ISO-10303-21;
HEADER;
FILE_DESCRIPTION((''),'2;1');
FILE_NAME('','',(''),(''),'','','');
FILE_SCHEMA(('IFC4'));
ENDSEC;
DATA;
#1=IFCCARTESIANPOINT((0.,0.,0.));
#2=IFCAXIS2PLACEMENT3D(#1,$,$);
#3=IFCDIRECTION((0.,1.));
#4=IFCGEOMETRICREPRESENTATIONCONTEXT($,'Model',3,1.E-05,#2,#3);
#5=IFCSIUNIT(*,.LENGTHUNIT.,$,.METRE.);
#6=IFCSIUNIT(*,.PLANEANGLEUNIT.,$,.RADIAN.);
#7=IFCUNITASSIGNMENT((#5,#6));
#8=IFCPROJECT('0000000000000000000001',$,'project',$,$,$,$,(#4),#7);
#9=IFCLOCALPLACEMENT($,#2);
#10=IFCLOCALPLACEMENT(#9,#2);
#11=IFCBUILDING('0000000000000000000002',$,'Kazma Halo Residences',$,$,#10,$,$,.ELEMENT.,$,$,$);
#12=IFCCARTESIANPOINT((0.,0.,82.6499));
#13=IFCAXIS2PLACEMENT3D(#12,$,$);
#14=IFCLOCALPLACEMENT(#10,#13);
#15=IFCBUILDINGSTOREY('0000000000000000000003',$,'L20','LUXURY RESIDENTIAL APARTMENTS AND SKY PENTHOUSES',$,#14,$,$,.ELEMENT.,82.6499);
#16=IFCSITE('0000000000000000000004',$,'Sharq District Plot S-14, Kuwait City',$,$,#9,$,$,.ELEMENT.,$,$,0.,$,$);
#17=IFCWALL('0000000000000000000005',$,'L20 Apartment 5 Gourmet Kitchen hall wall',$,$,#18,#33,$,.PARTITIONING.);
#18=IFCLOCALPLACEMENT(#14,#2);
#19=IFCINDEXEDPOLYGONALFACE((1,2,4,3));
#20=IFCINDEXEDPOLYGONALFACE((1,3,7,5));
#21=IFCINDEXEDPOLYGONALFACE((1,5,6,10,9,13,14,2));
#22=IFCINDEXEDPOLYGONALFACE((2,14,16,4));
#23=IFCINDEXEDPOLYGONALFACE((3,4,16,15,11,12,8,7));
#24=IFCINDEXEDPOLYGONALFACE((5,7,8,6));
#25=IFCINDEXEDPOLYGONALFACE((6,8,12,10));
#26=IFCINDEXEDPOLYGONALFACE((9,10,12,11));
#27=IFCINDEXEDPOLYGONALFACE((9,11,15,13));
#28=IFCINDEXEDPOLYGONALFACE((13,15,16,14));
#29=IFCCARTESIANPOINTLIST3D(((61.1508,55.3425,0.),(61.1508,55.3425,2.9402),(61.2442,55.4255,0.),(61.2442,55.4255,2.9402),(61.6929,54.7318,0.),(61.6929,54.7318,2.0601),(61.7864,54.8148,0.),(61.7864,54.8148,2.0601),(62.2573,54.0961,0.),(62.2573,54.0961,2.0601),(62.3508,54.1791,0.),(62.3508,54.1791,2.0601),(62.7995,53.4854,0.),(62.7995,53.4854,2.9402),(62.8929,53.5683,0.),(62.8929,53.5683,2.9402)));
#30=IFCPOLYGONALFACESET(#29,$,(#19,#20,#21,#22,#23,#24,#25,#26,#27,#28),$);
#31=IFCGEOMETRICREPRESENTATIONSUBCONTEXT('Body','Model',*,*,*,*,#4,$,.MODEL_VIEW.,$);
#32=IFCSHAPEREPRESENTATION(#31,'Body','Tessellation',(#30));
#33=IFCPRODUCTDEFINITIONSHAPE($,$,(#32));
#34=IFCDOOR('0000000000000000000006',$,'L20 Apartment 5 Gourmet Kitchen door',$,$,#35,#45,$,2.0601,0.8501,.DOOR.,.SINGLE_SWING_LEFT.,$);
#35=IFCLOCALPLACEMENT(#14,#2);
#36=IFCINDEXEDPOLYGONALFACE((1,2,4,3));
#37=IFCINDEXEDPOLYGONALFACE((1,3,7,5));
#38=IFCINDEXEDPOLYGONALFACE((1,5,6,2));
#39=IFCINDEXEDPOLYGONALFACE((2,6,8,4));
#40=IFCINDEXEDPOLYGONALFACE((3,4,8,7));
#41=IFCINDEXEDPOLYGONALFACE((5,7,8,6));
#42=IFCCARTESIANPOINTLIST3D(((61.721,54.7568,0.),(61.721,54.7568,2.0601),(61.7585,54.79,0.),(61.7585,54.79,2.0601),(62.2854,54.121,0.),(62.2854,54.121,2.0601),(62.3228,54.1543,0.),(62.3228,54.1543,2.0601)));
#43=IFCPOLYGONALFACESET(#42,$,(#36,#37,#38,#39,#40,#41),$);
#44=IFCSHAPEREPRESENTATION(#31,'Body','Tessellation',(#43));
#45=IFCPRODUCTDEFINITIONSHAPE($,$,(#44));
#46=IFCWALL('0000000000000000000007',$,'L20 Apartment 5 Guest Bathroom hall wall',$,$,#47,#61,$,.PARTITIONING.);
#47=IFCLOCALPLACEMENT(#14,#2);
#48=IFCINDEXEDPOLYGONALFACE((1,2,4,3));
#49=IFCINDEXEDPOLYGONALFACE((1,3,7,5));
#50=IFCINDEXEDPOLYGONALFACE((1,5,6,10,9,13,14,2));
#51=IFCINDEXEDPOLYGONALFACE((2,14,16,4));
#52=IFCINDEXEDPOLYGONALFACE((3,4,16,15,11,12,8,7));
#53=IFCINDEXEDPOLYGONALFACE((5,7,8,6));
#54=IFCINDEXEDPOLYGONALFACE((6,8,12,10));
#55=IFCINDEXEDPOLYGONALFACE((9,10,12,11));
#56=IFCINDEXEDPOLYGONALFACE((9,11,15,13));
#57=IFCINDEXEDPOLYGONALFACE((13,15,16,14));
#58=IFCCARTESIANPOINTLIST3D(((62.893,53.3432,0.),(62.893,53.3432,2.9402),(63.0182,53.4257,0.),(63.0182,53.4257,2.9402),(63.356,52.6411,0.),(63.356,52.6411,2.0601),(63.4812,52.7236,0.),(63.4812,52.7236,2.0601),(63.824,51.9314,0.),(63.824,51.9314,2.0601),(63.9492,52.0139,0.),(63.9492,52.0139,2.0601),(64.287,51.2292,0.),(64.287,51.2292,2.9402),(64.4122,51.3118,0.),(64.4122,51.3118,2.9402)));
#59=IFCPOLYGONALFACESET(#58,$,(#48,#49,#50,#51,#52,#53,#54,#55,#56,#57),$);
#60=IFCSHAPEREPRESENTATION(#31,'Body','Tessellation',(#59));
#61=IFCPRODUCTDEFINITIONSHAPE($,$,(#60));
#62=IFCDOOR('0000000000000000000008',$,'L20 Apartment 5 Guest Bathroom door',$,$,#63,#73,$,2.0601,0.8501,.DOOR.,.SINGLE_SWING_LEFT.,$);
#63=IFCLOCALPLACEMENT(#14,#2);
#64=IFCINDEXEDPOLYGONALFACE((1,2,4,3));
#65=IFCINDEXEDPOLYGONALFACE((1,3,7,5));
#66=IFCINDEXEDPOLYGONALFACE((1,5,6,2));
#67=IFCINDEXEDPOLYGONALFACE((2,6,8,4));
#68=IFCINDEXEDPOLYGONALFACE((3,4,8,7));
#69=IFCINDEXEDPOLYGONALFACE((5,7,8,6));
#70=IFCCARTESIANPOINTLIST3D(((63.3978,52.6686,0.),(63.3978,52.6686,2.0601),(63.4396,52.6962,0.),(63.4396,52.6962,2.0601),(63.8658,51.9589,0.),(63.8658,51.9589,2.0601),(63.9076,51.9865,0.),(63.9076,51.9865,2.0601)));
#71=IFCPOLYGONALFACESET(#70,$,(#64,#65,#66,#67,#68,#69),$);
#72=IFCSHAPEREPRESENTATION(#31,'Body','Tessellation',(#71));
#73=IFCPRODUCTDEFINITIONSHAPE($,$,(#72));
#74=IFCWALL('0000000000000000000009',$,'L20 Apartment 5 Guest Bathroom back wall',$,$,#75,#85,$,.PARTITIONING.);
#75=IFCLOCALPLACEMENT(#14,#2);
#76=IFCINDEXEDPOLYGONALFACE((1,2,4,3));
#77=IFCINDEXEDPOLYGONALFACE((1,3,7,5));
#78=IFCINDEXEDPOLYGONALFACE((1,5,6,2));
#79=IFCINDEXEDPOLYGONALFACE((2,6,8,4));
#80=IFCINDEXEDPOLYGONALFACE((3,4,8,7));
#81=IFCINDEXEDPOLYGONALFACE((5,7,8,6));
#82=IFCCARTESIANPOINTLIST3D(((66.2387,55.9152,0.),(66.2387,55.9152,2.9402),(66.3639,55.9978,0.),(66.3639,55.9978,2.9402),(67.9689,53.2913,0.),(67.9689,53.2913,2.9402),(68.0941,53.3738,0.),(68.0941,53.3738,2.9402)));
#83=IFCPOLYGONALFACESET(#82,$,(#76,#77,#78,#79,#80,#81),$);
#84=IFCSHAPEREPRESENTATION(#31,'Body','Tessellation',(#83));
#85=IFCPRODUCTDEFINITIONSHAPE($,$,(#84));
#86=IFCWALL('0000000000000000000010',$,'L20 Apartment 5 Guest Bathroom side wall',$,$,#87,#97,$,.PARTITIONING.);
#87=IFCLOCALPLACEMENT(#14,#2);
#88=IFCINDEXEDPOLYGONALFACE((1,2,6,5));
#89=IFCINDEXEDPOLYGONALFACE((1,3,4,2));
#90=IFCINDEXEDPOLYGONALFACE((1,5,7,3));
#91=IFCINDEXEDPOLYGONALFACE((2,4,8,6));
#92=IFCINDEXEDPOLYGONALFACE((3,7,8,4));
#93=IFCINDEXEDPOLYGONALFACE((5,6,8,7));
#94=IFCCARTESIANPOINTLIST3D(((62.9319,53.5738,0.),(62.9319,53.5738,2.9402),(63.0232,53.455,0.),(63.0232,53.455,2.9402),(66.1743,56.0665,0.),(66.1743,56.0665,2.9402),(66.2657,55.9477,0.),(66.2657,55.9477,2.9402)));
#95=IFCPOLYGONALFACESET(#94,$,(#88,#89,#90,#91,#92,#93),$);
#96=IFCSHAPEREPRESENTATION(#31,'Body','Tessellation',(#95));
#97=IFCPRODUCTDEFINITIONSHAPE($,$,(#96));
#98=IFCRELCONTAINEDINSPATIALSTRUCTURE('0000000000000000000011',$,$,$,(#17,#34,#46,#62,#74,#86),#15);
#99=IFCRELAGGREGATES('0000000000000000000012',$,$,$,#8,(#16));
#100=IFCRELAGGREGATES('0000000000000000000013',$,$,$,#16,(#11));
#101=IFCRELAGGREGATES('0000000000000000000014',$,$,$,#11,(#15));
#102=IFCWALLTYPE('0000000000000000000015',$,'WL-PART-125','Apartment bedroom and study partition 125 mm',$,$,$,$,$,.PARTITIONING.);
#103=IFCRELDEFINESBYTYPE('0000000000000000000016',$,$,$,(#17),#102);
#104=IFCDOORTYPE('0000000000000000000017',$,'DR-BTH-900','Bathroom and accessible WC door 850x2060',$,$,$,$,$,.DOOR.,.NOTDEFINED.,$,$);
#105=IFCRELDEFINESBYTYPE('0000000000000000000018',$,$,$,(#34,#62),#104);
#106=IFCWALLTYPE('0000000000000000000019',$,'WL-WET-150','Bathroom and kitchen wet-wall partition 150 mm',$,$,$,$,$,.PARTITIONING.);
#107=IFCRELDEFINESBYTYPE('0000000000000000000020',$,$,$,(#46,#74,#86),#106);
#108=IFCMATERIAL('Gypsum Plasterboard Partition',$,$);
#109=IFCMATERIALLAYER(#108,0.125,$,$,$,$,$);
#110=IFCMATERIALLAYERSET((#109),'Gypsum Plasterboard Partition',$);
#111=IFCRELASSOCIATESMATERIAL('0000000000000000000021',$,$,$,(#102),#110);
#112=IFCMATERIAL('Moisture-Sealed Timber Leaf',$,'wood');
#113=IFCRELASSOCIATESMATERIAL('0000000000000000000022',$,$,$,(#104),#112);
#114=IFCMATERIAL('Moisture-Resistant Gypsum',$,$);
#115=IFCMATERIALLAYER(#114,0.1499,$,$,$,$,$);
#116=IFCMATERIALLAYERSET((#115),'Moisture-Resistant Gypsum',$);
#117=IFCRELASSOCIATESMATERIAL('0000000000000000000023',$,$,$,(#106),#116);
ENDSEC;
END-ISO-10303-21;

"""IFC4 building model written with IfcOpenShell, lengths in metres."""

from ifc_helpers import new_model, si_unit, direction, frame, frame_2d, origin, place, context, subcontext, project, spatial, rectangle, extrude, material, layer, layer_set, type_object, element, fill, save


model = new_model("IFC4")

# Units and contexts
model_context = context("Model", 3, precision=1e-05, world=origin(), true_north=direction((0.0, 1.0)))
body_context = subcontext(model_context, "Body", "Model", "MODEL_VIEW")
ifc_project = project(units=[si_unit("LENGTHUNIT", "METRE"), si_unit("PLANEANGLEUNIT", "RADIAN")], contexts=[model_context])

# Site, building, storey
site_placement = place(None, origin())
site = spatial("IfcSite", under=ifc_project, at=site_placement, Name="Sharq District Plot S-14, Kuwait City", CompositionType="ELEMENT", RefElevation=0.0)
building_placement = place(site_placement, origin())
building = spatial("IfcBuilding", under=site, at=building_placement, Name="Kazma Halo Residences", CompositionType="ELEMENT")
storey_placement = place(building_placement, frame((0.0, 0.0, 82.6499)))
storey = spatial("IfcBuildingStorey", under=building, at=storey_placement, Name="L20", Description="LUXURY RESIDENTIAL APARTMENTS AND SKY PENTHOUSES", CompositionType="ELEMENT", Elevation=82.6499)

# Shared definitions
ifc_material_1 = material(Name="Gypsum Plasterboard Partition")
ifc_layer_1 = layer(ifc_material_1, 0.125)
ifc_layer_set_1 = layer_set([ifc_layer_1], Name="Gypsum Plasterboard Partition")
wall_type_1 = type_object("IfcWallType", Name="WL-PART-125", Description="Apartment bedroom and study partition 125 mm", PredefinedType="PARTITIONING", material=ifc_layer_set_1)

# Walls, openings, doors
wall_1_placement = place(storey_placement, frame((62.8462, 53.5269, 0.0), z_axis=(0.0, 0.0, 1.0), x_axis=(-0.663882, 0.747838, 0.0)))
wall_1 = element("IfcWall", 1, at=wall_1_placement, inside=storey, type_object=wall_type_1, Name="L20 Apartment 5 Gourmet Kitchen hall wall", PredefinedType="PARTITIONING", context=body_context, shape_type="SweptSolid", body=[
    extrude(rectangle(XDim=2.4834, YDim=0.125, at=frame_2d((1.2417, 0.0))), origin(), (0.0, 0.0, 1.0), 2.9402),
])
opening_1_placement = place(wall_1_placement, frame((0.8167, 0.0, 0.0)))
opening_1 = element("IfcOpeningElement", 2, at=opening_1_placement, cuts=wall_1, PredefinedType="OPENING", context=body_context, shape_type="SweptSolid", body=[
    extrude(rectangle(XDim=0.8501, YDim=2.0601, at=frame_2d((0.425, 1.03))), frame((0.0, 0.0725, 0.0), z_axis=(0.0, -1.0, 0.0), x_axis=(1.0, 0.0, 0.0)), (0.0, 0.0, 1.0), 0.145),
])
ifc_material_2 = material(Name="Moisture-Sealed Timber Leaf", Category="wood")
door_type_1 = type_object("IfcDoorType", Name="DR-BTH-900", Description="Bathroom and accessible WC door 850x2060", OperationType="NOTDEFINED", PredefinedType="DOOR", material=ifc_material_2)
door_1_placement = place(opening_1_placement, origin())
door_1 = element("IfcDoor", 3, at=door_1_placement, inside=storey, type_object=door_type_1, Name="L20 Apartment 5 Gourmet Kitchen door", OperationType="SINGLE_SWING_LEFT", OverallHeight=2.0601, OverallWidth=0.8501, PredefinedType="DOOR", context=body_context, shape_type="SweptSolid", body=[
    extrude(rectangle(XDim=0.8501, YDim=2.0601, at=frame_2d((0.425, 1.03))), frame((0.0, 0.0249, 0.0), z_axis=(0.0, -1.0, 0.0), x_axis=(1.0, 0.0, 0.0)), (0.0, 0.0, 1.0), 0.05),
])
fill(opening_1, door_1)
ifc_material_3 = material(Name="Moisture-Resistant Gypsum")
ifc_layer_2 = layer(ifc_material_3, 0.1499)
ifc_layer_set_2 = layer_set([ifc_layer_2], Name="Moisture-Resistant Gypsum")
wall_type_2 = type_object("IfcWallType", Name="WL-WET-150", Description="Bathroom and kitchen wet-wall partition 150 mm", PredefinedType="PARTITIONING", material=ifc_layer_set_2)
wall_2_placement = place(storey_placement, frame((64.3496, 51.2705, 0.0), z_axis=(0.0, 0.0, 1.0), x_axis=(-0.55051, 0.834828, 0.0)))
wall_2 = element("IfcWall", 4, at=wall_2_placement, inside=storey, type_object=wall_type_2, Name="L20 Apartment 5 Guest Bathroom hall wall", PredefinedType="PARTITIONING", context=body_context, shape_type="SweptSolid", body=[
    extrude(rectangle(XDim=2.5322, YDim=0.1499, at=frame_2d((1.2661, 0.0))), origin(), (0.0, 0.0, 1.0), 2.9402),
])
opening_2_placement = place(wall_2_placement, frame((0.8411, 0.0, 0.0)))
opening_2 = element("IfcOpeningElement", 5, at=opening_2_placement, cuts=wall_2, PredefinedType="OPENING", context=body_context, shape_type="SweptSolid", body=[
    extrude(rectangle(XDim=0.8501, YDim=2.0601, at=frame_2d((0.425, 1.03))), frame((0.0, 0.085, 0.0), z_axis=(0.0, -1.0, 0.0), x_axis=(1.0, 0.0, 0.0)), (0.0, 0.0, 1.0), 0.1699),
])
door_2_placement = place(opening_2_placement, origin())
door_2 = element("IfcDoor", 6, at=door_2_placement, inside=storey, type_object=door_type_1, Name="L20 Apartment 5 Guest Bathroom door", OperationType="SINGLE_SWING_LEFT", OverallHeight=2.0601, OverallWidth=0.8501, PredefinedType="DOOR", context=body_context, shape_type="SweptSolid", body=[
    extrude(rectangle(XDim=0.8501, YDim=2.0601, at=frame_2d((0.425, 1.03))), frame((0.0, 0.0249, 0.0), z_axis=(0.0, -1.0, 0.0), x_axis=(1.0, 0.0, 0.0)), (0.0, 0.0, 1.0), 0.05),
])
fill(opening_2, door_2)

# Walls
wall_3_placement = place(storey_placement, frame((68.0315, 53.3325, 0.0), z_axis=(0.0, 0.0, 1.0), x_axis=(-0.550481, 0.834848, 0.0)))
element("IfcWall", 7, at=wall_3_placement, inside=storey, type_object=wall_type_2, Name="L20 Apartment 5 Guest Bathroom back wall", PredefinedType="PARTITIONING", context=body_context, shape_type="SweptSolid", body=[
    extrude(rectangle(XDim=3.1431, YDim=0.1499, at=frame_2d((1.5715, 0.0))), origin(), (0.0, 0.0, 1.0), 2.9402),
])
wall_4_placement = place(storey_placement, frame((62.9775, 53.5144, 0.0), z_axis=(0.0, 0.0, 1.0), x_axis=(0.792801, 0.60948, 0.0)))
element("IfcWall", 8, at=wall_4_placement, inside=storey, type_object=wall_type_2, Name="L20 Apartment 5 Guest Bathroom side wall", PredefinedType="PARTITIONING", context=body_context, shape_type="SweptSolid", body=[
    extrude(rectangle(XDim=4.0898, YDim=0.1499, at=frame_2d((2.0449, 0.0))), origin(), (0.0, 0.0, 1.0), 2.9402),
])

save(model, "model.ifc")
